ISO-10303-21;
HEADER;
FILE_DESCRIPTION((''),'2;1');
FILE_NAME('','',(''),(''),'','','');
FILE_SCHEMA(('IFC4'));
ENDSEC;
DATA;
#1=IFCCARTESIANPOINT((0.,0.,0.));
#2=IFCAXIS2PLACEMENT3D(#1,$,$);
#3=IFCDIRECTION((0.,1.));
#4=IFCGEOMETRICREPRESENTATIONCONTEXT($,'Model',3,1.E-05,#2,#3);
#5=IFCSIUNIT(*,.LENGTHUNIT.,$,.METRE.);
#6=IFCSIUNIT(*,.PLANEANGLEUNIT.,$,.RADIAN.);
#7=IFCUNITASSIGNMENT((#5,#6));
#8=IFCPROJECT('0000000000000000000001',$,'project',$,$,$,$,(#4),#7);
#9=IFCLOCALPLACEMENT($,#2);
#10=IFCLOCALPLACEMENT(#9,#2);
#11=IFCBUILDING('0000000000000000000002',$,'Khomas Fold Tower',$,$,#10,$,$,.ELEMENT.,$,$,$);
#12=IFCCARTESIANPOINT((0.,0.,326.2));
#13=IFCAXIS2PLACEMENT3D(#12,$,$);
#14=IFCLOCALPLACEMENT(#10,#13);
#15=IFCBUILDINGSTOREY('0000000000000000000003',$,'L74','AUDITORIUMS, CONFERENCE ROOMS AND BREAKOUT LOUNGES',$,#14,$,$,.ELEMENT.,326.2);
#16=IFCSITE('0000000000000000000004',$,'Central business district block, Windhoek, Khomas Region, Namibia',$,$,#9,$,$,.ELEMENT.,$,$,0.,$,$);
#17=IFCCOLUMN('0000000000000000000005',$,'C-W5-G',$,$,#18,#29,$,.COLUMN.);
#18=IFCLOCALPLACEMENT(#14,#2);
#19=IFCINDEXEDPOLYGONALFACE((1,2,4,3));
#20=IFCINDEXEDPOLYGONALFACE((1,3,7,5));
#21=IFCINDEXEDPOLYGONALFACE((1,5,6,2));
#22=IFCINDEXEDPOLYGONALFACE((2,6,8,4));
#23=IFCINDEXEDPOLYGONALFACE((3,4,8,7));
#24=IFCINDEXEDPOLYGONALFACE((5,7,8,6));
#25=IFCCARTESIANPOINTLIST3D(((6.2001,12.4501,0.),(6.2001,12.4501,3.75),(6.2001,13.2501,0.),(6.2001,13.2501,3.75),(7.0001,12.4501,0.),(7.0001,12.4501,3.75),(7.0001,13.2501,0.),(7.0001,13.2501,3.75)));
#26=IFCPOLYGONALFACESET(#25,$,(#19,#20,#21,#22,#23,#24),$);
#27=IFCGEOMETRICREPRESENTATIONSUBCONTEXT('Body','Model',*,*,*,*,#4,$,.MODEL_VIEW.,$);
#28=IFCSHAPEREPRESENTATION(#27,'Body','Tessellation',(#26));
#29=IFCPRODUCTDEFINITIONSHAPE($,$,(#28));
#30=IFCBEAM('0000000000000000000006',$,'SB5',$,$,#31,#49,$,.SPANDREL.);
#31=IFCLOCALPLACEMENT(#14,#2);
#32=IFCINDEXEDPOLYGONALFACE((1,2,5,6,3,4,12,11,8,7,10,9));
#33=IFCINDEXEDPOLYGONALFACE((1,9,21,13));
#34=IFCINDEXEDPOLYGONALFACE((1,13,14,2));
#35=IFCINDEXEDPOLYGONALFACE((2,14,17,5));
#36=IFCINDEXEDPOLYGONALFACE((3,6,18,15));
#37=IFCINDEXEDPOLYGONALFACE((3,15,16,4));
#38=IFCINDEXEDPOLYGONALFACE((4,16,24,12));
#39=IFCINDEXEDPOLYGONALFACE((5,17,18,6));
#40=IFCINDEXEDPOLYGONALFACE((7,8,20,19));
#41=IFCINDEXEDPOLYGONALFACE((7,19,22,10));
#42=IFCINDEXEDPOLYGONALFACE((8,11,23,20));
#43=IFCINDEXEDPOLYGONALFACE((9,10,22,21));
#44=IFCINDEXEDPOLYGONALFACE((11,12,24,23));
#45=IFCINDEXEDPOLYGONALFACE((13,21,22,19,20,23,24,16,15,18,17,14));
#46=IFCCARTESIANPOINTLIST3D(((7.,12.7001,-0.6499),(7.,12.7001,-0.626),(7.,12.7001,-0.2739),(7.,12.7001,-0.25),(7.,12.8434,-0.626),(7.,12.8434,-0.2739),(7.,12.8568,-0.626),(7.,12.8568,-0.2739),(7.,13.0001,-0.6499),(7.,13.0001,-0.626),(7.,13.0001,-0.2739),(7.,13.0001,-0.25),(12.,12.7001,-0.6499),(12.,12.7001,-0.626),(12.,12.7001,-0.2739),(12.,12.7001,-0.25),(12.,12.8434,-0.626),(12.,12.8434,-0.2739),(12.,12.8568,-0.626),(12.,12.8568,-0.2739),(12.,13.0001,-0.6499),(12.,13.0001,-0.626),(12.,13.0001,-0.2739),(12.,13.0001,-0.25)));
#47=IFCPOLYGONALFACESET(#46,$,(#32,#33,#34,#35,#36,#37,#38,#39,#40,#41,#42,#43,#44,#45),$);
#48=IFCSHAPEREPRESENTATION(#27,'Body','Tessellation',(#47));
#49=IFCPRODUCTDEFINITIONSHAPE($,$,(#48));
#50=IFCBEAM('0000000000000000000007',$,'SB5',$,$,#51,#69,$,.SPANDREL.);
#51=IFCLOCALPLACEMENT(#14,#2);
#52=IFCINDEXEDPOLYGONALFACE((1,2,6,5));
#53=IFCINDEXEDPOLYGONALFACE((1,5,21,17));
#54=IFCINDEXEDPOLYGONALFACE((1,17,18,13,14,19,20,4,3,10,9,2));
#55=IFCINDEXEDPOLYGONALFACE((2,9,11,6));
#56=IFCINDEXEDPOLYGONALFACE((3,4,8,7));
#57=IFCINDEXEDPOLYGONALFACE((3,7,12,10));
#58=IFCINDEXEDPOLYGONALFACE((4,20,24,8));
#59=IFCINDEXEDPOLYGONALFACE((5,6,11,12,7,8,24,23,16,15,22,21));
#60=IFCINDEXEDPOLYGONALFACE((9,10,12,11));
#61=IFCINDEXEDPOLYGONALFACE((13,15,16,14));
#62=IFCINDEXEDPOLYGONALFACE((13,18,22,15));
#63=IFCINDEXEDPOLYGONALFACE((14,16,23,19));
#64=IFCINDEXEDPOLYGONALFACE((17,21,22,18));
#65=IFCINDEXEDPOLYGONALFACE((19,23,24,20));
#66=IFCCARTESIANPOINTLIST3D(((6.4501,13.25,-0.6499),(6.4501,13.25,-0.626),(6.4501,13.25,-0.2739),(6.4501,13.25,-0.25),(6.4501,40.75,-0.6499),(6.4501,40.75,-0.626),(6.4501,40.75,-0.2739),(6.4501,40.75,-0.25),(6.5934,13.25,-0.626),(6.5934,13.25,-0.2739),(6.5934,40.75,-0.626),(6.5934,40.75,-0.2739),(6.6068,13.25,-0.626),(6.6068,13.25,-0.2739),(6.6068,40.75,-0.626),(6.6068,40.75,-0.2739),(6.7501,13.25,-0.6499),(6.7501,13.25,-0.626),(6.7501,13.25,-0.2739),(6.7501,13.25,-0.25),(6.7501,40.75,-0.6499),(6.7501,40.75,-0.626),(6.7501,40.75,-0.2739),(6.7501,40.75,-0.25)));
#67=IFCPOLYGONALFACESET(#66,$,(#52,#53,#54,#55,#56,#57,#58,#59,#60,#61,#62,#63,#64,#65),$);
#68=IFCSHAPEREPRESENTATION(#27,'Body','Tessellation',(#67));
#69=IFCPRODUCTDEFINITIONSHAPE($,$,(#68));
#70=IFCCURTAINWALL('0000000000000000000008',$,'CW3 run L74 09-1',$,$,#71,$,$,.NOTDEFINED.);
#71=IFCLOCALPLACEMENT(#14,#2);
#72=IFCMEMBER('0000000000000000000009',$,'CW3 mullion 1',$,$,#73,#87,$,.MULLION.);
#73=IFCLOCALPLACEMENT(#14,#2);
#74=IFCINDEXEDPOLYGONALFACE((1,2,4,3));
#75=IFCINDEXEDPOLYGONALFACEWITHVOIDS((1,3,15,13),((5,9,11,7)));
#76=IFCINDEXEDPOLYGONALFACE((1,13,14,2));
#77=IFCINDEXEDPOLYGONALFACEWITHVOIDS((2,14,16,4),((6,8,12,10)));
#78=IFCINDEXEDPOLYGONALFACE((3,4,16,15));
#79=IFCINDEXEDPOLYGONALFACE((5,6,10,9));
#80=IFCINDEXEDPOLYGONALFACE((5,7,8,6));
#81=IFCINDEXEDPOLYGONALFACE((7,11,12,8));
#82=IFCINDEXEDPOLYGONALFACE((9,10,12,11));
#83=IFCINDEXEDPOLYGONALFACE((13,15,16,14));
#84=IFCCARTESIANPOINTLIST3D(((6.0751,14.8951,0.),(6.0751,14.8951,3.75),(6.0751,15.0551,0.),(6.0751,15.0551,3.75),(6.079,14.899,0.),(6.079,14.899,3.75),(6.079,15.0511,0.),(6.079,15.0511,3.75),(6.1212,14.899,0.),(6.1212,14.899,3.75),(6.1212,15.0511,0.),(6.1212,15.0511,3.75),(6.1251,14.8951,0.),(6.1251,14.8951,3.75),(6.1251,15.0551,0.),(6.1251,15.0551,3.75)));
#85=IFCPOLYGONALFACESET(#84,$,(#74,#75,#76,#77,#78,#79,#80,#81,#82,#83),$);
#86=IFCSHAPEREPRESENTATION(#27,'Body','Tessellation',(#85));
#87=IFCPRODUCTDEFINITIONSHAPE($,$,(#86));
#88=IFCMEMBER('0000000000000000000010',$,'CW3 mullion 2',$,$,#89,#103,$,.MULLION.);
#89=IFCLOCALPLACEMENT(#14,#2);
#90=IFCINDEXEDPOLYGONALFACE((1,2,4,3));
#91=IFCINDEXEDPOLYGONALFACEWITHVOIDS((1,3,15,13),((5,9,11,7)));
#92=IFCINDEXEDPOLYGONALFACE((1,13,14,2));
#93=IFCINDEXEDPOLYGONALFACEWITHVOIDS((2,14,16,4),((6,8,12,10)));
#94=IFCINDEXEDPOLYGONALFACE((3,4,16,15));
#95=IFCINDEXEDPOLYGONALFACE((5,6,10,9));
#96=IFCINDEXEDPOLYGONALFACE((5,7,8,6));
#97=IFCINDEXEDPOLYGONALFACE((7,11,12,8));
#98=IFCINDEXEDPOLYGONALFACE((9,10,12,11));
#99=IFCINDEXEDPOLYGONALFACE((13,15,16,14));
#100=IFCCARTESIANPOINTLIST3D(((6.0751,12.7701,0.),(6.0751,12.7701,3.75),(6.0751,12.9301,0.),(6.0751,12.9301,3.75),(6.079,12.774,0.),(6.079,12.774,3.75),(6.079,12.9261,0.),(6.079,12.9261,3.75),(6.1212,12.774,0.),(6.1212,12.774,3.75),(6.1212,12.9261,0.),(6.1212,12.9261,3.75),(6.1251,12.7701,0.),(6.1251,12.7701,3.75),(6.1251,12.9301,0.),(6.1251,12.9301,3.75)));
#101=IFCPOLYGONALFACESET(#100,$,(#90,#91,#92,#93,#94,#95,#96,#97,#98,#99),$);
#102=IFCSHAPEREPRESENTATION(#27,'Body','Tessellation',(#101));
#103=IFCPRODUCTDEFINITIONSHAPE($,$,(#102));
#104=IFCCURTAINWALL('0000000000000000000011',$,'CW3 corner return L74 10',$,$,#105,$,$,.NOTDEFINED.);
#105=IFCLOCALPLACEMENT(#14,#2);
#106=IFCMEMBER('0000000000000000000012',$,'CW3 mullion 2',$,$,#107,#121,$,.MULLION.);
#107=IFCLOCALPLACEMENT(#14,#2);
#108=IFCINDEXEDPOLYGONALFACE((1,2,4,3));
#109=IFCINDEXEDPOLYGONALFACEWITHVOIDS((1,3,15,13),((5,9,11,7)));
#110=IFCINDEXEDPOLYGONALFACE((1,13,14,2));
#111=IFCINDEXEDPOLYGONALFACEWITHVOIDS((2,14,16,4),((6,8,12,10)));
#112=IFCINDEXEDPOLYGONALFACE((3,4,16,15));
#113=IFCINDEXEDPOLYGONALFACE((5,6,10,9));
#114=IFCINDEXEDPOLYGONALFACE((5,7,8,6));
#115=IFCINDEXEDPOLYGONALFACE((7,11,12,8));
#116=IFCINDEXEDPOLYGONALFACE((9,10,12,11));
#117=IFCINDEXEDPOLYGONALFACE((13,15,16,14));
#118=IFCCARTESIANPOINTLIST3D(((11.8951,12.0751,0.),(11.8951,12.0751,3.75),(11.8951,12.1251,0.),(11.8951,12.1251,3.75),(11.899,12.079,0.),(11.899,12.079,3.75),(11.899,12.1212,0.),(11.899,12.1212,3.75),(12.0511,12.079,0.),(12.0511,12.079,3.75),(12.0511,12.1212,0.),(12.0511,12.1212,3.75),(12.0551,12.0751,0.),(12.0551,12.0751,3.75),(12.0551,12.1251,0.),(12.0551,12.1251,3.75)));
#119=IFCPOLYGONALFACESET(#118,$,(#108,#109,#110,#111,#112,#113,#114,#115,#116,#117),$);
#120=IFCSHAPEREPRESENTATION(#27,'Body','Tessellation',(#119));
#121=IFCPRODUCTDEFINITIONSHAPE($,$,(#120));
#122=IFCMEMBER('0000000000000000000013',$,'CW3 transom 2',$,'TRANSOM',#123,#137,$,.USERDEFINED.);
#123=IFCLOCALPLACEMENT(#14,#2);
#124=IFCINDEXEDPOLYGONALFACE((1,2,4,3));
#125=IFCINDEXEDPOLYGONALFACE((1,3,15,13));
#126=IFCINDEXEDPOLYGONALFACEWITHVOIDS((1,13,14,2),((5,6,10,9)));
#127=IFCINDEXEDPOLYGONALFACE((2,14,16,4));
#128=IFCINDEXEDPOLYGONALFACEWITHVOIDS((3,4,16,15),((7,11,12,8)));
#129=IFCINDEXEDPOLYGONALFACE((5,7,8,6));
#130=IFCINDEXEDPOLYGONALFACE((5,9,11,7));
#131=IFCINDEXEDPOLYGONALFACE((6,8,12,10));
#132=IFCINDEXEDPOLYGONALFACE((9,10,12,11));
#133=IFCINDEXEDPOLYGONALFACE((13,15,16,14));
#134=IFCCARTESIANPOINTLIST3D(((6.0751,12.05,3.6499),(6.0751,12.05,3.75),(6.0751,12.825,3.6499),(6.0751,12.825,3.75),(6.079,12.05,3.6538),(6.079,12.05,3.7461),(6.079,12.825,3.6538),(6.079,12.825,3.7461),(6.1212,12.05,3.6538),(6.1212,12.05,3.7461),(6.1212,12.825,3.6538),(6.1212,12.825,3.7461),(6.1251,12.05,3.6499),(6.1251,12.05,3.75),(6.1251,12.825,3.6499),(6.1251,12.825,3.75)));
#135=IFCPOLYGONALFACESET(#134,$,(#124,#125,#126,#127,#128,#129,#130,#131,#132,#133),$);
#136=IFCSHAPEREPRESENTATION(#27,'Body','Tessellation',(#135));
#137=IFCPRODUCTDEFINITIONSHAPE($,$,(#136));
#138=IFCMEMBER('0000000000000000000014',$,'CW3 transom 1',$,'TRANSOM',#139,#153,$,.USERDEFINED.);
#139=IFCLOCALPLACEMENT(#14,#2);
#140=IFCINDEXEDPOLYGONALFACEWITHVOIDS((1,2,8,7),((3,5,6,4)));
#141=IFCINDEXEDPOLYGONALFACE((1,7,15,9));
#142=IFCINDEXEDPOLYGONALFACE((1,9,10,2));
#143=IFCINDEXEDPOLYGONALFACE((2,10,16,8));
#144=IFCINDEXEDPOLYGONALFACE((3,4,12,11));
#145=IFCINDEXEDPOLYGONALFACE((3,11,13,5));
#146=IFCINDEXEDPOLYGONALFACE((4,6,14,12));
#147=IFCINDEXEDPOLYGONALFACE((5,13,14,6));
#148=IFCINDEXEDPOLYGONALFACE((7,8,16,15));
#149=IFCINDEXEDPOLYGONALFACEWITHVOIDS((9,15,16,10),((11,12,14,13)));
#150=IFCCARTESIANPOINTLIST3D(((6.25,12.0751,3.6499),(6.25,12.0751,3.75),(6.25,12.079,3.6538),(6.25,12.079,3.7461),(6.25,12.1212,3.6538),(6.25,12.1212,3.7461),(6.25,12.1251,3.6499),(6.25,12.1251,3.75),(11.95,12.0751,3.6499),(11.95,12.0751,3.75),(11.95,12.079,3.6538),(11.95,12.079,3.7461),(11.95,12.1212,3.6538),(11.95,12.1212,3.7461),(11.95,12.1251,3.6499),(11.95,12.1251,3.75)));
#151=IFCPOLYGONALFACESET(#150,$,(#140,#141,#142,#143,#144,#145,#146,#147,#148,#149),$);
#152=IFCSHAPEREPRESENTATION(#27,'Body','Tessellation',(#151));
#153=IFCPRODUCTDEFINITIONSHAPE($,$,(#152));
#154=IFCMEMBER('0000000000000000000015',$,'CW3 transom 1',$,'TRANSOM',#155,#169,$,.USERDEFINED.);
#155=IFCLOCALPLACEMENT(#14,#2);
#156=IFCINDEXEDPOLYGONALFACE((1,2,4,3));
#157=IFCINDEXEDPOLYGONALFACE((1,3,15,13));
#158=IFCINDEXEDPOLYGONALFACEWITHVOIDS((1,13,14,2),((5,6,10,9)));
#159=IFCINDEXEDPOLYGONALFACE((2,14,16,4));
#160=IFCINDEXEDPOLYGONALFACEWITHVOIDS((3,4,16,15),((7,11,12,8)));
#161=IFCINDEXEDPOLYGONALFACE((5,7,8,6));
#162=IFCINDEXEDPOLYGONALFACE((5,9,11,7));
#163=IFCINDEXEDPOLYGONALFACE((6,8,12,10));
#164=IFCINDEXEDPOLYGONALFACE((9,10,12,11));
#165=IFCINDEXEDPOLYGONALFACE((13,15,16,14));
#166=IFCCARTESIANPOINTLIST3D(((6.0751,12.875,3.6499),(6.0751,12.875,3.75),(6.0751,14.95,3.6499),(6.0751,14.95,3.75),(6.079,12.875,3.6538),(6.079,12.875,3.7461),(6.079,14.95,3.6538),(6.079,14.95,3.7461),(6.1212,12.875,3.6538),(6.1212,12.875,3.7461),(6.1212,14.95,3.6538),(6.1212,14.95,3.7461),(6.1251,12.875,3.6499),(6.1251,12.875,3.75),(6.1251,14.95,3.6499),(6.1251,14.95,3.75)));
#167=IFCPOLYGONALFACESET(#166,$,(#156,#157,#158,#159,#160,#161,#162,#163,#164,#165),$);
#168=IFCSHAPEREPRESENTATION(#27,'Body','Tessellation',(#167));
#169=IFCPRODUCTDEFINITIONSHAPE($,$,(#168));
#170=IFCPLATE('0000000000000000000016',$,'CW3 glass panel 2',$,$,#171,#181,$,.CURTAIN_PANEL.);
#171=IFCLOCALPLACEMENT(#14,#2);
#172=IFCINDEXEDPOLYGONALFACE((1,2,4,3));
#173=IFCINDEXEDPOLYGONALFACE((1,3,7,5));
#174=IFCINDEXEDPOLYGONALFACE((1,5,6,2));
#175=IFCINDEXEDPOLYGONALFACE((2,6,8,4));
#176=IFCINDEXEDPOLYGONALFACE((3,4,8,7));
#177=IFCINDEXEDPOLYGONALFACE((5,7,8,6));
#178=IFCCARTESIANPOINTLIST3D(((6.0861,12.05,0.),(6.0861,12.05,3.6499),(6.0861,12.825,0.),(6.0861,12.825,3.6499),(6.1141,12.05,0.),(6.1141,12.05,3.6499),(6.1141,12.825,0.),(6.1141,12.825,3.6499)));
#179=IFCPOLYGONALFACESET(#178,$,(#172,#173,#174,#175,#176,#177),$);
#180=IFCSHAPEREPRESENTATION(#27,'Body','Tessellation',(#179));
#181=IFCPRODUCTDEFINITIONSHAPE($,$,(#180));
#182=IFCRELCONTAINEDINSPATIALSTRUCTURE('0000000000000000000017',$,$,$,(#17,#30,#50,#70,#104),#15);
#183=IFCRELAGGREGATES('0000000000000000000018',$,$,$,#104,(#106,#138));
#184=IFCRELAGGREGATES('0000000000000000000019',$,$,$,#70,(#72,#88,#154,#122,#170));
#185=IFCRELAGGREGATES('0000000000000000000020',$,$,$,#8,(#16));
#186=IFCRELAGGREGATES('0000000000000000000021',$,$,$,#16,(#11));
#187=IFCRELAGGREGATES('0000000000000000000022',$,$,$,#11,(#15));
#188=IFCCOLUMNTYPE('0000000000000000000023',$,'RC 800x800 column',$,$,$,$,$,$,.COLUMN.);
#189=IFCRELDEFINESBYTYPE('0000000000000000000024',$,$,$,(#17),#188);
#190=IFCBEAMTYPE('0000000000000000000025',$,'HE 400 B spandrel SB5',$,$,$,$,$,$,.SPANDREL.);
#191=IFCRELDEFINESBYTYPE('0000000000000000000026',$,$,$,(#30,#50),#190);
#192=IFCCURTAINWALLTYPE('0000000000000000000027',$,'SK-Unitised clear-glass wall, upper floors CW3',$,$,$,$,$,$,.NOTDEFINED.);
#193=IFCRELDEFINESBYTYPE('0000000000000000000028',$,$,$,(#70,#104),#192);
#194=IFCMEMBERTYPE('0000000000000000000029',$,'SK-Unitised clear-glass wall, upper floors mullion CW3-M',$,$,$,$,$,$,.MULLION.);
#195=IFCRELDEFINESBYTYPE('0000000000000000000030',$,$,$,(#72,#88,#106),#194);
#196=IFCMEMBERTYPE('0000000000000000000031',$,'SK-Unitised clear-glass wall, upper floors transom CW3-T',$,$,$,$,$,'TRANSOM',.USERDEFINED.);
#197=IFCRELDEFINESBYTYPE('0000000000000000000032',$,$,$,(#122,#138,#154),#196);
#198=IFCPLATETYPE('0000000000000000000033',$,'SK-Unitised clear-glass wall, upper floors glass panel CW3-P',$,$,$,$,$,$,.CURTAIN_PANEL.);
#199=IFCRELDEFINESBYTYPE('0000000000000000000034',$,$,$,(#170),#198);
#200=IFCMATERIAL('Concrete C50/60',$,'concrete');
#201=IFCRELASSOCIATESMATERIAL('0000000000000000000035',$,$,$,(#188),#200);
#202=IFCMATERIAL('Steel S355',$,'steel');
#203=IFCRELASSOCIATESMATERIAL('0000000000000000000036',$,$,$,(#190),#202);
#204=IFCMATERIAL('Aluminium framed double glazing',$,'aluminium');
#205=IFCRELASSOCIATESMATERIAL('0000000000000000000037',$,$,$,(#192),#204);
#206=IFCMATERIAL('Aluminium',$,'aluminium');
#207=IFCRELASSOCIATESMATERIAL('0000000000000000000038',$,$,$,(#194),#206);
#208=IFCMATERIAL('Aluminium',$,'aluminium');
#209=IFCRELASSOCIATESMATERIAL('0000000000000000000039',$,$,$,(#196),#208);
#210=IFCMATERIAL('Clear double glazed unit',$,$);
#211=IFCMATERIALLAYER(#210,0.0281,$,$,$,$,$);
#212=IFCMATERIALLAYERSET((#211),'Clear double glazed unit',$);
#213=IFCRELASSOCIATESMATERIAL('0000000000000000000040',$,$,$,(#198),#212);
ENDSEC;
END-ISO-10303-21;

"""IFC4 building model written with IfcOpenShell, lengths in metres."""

from ifc_helpers import new_model, si_unit, direction, frame, origin, origin_2d, place, context, subcontext, project, spatial, rectangle, hollow_rectangle, i_section, extrude, source, transform, mapped, material, layer, layer_set, material_profile, profile_set, type_object, element, aggregate, save


model = new_model("IFC4")

# Units and contexts
model_context = context("Model", 3, precision=1e-05, world=origin(), true_north=direction((0.0, 1.0)))
body_context = subcontext(model_context, "Body", "Model", "MODEL_VIEW")
ifc_project = project(units=[si_unit("LENGTHUNIT", "METRE"), si_unit("PLANEANGLEUNIT", "RADIAN")], contexts=[model_context])

# Site, building, storey
site_placement = place(None, origin())
site = spatial("IfcSite", under=ifc_project, at=site_placement, Name="Central business district block, Windhoek, Khomas Region, Namibia", CompositionType="ELEMENT", RefElevation=0.0)
building_placement = place(site_placement, origin())
building = spatial("IfcBuilding", under=site, at=building_placement, Name="Khomas Fold Tower", CompositionType="ELEMENT")
storey_placement = place(building_placement, frame((0.0, 0.0, 326.2)))
storey = spatial("IfcBuildingStorey", under=building, at=storey_placement, Name="L74", Description="AUDITORIUMS, CONFERENCE ROOMS AND BREAKOUT LOUNGES", CompositionType="ELEMENT", Elevation=326.2)

# Column
ifc_material_1 = material(Name="Concrete C50/60", Category="concrete")
ifc_material_profile_1 = material_profile(ifc_material_1, rectangle(XDim=0.8, YDim=0.8, at=origin_2d()), Name="RC 800x800")
ifc_profile_set_1 = profile_set([ifc_material_profile_1], Name="Concrete C50/60")
column_type = type_object("IfcColumnType", Name="RC 800x800 column", PredefinedType="COLUMN", material=ifc_profile_set_1)
shared_shape_1 = source(origin(), body_context, "Body", "SweptSolid", [
    extrude(rectangle(XDim=0.8, YDim=0.8, at=origin_2d()), origin(), (0.0, 0.0, 1.0), 3.75),
])
column_placement = place(storey_placement, frame((6.6001, 12.8501, 0.0), z_axis=(0.0, 0.0, 1.0), x_axis=(1.0, 0.0, 0.0)))
element("IfcColumn", 1, at=column_placement, inside=storey, type_object=column_type, Name="C-W5-G", PredefinedType="COLUMN", context=body_context, shape_type="MappedRepresentation", body=[
    mapped(shared_shape_1, transform((0.0, 0.0, 0.0))),
])

# Beams
ifc_material_2 = material(Name="Steel S355", Category="steel")
ifc_material_profile_2 = material_profile(ifc_material_2, i_section(OverallWidth=0.3, OverallDepth=0.3999, WebThickness=0.0134, FlangeThickness=0.0239, at=origin_2d()), Name="HE 400 B")
ifc_profile_set_2 = profile_set([ifc_material_profile_2], Name="Steel S355")
beam_type = type_object("IfcBeamType", Name="HE 400 B spandrel SB5", PredefinedType="SPANDREL", material=ifc_profile_set_2)
shared_shape_2 = source(origin(), body_context, "Body", "SweptSolid", [
    extrude(i_section(OverallWidth=0.3, OverallDepth=0.3999, WebThickness=0.0134, FlangeThickness=0.0239, at=origin_2d()), origin(), (0.0, 0.0, 1.0), 5.0),
])
beam_1_placement = place(storey_placement, frame((7.0, 12.8501, -0.45), z_axis=(1.0, 0.0, 0.0), x_axis=(0.0, 1.0, 0.0)))
element("IfcBeam", 2, at=beam_1_placement, inside=storey, type_object=beam_type, Name="SB5", PredefinedType="SPANDREL", context=body_context, shape_type="MappedRepresentation", body=[
    mapped(shared_shape_2, transform((0.0, 0.0, 0.0))),
])
shared_shape_3 = source(origin(), body_context, "Body", "SweptSolid", [
    extrude(i_section(OverallWidth=0.3, OverallDepth=0.3999, WebThickness=0.0134, FlangeThickness=0.0239, at=origin_2d()), origin(), (0.0, 0.0, 1.0), 27.5),
])
beam_2_placement = place(storey_placement, frame((6.6001, 13.25, -0.45), z_axis=(0.0, 1.0, 0.0), x_axis=(-1.0, 0.0, 0.0)))
element("IfcBeam", 3, at=beam_2_placement, inside=storey, type_object=beam_type, Name="SB5", PredefinedType="SPANDREL", context=body_context, shape_type="MappedRepresentation", body=[
    mapped(shared_shape_3, transform((0.0, 0.0, 0.0))),
])

# Curtain wall, members
ifc_material_3 = material(Name="Aluminium framed double glazing", Category="aluminium")
curtain_wall_type = type_object("IfcCurtainWallType", Name="SK-Unitised clear-glass wall, upper floors CW3", PredefinedType="NOTDEFINED", material=ifc_material_3)
curtain_wall_1_placement = place(storey_placement, origin())
curtain_wall_1 = element("IfcCurtainWall", 4, at=curtain_wall_1_placement, inside=storey, type_object=curtain_wall_type, Name="CW3 run L74 09-1", PredefinedType="NOTDEFINED")
ifc_material_4 = material(Name="Aluminium", Category="aluminium")
ifc_material_profile_3 = material_profile(ifc_material_4, hollow_rectangle(XDim=0.05, YDim=0.1599, WallThickness=0.0039, at=origin_2d()), Name="SK-Unitised clear-glass wall, upper floors mullion CW3-M")
ifc_profile_set_3 = profile_set([ifc_material_profile_3], Name="Aluminium")
member_type_1 = type_object("IfcMemberType", Name="SK-Unitised clear-glass wall, upper floors mullion CW3-M", PredefinedType="MULLION", material=ifc_profile_set_3)
shared_shape_4 = source(origin(), body_context, "Body", "SweptSolid", [
    extrude(hollow_rectangle(XDim=0.05, YDim=0.1599, WallThickness=0.0039, at=origin_2d()), origin(), (0.0, 0.0, 1.0), 3.75),
])
member_1_placement = place(storey_placement, frame((6.1001, 14.9751, 0.0), z_axis=(0.0, 0.0, 1.0), x_axis=(1.0, 0.0, 0.0)))
member_1 = element("IfcMember", 5, at=member_1_placement, type_object=member_type_1, Name="CW3 mullion 1", PredefinedType="MULLION", context=body_context, shape_type="MappedRepresentation", body=[
    mapped(shared_shape_4, transform((0.0, 0.0, 0.0))),
])
member_2_placement = place(storey_placement, frame((6.1001, 12.8501, 0.0), z_axis=(0.0, 0.0, 1.0), x_axis=(1.0, 0.0, 0.0)))
member_2 = element("IfcMember", 6, at=member_2_placement, type_object=member_type_1, Name="CW3 mullion 2", PredefinedType="MULLION", context=body_context, shape_type="MappedRepresentation", body=[
    mapped(shared_shape_4, transform((0.0, 0.0, 0.0))),
])

# Curtain wall, member
curtain_wall_2_placement = place(storey_placement, origin())
curtain_wall_2 = element("IfcCurtainWall", 7, at=curtain_wall_2_placement, inside=storey, type_object=curtain_wall_type, Name="CW3 corner return L74 10", PredefinedType="NOTDEFINED")
member_3_placement = place(storey_placement, frame((11.9751, 12.1001, 0.0), z_axis=(0.0, 0.0, 1.0), x_axis=(0.0, 1.0, 0.0)))
member_3 = element("IfcMember", 8, at=member_3_placement, type_object=member_type_1, Name="CW3 mullion 2", PredefinedType="MULLION", context=body_context, shape_type="MappedRepresentation", body=[
    mapped(shared_shape_4, transform((0.0, 0.0, 0.0))),
])

# Members
ifc_material_5 = material(Name="Aluminium", Category="aluminium")
ifc_material_profile_4 = material_profile(ifc_material_5, hollow_rectangle(XDim=0.05, YDim=0.1001, WallThickness=0.0039, at=origin_2d()), Name="SK-Unitised clear-glass wall, upper floors transom CW3-T")
ifc_profile_set_4 = profile_set([ifc_material_profile_4], Name="Aluminium")
member_type_2 = type_object("IfcMemberType", Name="SK-Unitised clear-glass wall, upper floors transom CW3-T", ElementType="TRANSOM", PredefinedType="USERDEFINED", material=ifc_profile_set_4)
shared_shape_5 = source(origin(), body_context, "Body", "SweptSolid", [
    extrude(hollow_rectangle(XDim=0.05, YDim=0.1001, WallThickness=0.0039, at=origin_2d()), origin(), (0.0, 0.0, 1.0), 0.7749),
])
member_4_placement = place(storey_placement, frame((6.1001, 12.825, 3.7), z_axis=(0.0, -1.0, 0.0), x_axis=(1.0, 0.0, 0.0)))
member_4 = element("IfcMember", 9, at=member_4_placement, type_object=member_type_2, Name="CW3 transom 2", ObjectType="TRANSOM", PredefinedType="USERDEFINED", context=body_context, shape_type="MappedRepresentation", body=[
    mapped(shared_shape_5, transform((0.0, 0.0, 0.0))),
])
shared_shape_6 = source(origin(), body_context, "Body", "SweptSolid", [
    extrude(hollow_rectangle(XDim=0.05, YDim=0.1001, WallThickness=0.0039, at=origin_2d()), origin(), (0.0, 0.0, 1.0), 5.7),
])
member_5_placement = place(storey_placement, frame((6.25, 12.1001, 3.7), z_axis=(1.0, 0.0, 0.0), x_axis=(0.0, 1.0, 0.0)))
member_5 = element("IfcMember", 10, at=member_5_placement, type_object=member_type_2, Name="CW3 transom 1", ObjectType="TRANSOM", PredefinedType="USERDEFINED", context=body_context, shape_type="MappedRepresentation", body=[
    mapped(shared_shape_6, transform((0.0, 0.0, 0.0))),
])
shared_shape_7 = source(origin(), body_context, "Body", "SweptSolid", [
    extrude(hollow_rectangle(XDim=0.05, YDim=0.1001, WallThickness=0.0039, at=origin_2d()), origin(), (0.0, 0.0, 1.0), 2.075),
])
member_6_placement = place(storey_placement, frame((6.1001, 14.95, 3.7), z_axis=(0.0, -1.0, 0.0), x_axis=(1.0, 0.0, 0.0)))
member_6 = element("IfcMember", 11, at=member_6_placement, type_object=member_type_2, Name="CW3 transom 1", ObjectType="TRANSOM", PredefinedType="USERDEFINED", context=body_context, shape_type="MappedRepresentation", body=[
    mapped(shared_shape_7, transform((0.0, 0.0, 0.0))),
])

# Plate
ifc_material_6 = material(Name="Clear double glazed unit")
ifc_layer_1 = layer(ifc_material_6, 0.0281)
ifc_layer_set_1 = layer_set([ifc_layer_1], Name="Clear double glazed unit")
plate_type = type_object("IfcPlateType", Name="SK-Unitised clear-glass wall, upper floors glass panel CW3-P", PredefinedType="CURTAIN_PANEL", material=ifc_layer_set_1)
shared_shape_8 = source(origin(), body_context, "Body", "SweptSolid", [
    extrude(rectangle(XDim=0.7749, YDim=0.0281, at=origin_2d()), origin(), (0.0, 0.0, 1.0), 3.6499),
])
plate_1_placement = place(storey_placement, frame((6.1001, 12.4375, 0.0), z_axis=(0.0, 0.0, 1.0), x_axis=(0.0, -1.0, 0.0)))
plate_1 = element("IfcPlate", 12, at=plate_1_placement, type_object=plate_type, Name="CW3 glass panel 2", PredefinedType="CURTAIN_PANEL", context=body_context, shape_type="MappedRepresentation", body=[
    mapped(shared_shape_8, transform((0.0, 0.0, 0.0))),
])
aggregate(curtain_wall_2, [member_3, member_5])
aggregate(curtain_wall_1, [member_1, member_2, member_6, member_4, plate_1])

save(model, "model.ifc")
